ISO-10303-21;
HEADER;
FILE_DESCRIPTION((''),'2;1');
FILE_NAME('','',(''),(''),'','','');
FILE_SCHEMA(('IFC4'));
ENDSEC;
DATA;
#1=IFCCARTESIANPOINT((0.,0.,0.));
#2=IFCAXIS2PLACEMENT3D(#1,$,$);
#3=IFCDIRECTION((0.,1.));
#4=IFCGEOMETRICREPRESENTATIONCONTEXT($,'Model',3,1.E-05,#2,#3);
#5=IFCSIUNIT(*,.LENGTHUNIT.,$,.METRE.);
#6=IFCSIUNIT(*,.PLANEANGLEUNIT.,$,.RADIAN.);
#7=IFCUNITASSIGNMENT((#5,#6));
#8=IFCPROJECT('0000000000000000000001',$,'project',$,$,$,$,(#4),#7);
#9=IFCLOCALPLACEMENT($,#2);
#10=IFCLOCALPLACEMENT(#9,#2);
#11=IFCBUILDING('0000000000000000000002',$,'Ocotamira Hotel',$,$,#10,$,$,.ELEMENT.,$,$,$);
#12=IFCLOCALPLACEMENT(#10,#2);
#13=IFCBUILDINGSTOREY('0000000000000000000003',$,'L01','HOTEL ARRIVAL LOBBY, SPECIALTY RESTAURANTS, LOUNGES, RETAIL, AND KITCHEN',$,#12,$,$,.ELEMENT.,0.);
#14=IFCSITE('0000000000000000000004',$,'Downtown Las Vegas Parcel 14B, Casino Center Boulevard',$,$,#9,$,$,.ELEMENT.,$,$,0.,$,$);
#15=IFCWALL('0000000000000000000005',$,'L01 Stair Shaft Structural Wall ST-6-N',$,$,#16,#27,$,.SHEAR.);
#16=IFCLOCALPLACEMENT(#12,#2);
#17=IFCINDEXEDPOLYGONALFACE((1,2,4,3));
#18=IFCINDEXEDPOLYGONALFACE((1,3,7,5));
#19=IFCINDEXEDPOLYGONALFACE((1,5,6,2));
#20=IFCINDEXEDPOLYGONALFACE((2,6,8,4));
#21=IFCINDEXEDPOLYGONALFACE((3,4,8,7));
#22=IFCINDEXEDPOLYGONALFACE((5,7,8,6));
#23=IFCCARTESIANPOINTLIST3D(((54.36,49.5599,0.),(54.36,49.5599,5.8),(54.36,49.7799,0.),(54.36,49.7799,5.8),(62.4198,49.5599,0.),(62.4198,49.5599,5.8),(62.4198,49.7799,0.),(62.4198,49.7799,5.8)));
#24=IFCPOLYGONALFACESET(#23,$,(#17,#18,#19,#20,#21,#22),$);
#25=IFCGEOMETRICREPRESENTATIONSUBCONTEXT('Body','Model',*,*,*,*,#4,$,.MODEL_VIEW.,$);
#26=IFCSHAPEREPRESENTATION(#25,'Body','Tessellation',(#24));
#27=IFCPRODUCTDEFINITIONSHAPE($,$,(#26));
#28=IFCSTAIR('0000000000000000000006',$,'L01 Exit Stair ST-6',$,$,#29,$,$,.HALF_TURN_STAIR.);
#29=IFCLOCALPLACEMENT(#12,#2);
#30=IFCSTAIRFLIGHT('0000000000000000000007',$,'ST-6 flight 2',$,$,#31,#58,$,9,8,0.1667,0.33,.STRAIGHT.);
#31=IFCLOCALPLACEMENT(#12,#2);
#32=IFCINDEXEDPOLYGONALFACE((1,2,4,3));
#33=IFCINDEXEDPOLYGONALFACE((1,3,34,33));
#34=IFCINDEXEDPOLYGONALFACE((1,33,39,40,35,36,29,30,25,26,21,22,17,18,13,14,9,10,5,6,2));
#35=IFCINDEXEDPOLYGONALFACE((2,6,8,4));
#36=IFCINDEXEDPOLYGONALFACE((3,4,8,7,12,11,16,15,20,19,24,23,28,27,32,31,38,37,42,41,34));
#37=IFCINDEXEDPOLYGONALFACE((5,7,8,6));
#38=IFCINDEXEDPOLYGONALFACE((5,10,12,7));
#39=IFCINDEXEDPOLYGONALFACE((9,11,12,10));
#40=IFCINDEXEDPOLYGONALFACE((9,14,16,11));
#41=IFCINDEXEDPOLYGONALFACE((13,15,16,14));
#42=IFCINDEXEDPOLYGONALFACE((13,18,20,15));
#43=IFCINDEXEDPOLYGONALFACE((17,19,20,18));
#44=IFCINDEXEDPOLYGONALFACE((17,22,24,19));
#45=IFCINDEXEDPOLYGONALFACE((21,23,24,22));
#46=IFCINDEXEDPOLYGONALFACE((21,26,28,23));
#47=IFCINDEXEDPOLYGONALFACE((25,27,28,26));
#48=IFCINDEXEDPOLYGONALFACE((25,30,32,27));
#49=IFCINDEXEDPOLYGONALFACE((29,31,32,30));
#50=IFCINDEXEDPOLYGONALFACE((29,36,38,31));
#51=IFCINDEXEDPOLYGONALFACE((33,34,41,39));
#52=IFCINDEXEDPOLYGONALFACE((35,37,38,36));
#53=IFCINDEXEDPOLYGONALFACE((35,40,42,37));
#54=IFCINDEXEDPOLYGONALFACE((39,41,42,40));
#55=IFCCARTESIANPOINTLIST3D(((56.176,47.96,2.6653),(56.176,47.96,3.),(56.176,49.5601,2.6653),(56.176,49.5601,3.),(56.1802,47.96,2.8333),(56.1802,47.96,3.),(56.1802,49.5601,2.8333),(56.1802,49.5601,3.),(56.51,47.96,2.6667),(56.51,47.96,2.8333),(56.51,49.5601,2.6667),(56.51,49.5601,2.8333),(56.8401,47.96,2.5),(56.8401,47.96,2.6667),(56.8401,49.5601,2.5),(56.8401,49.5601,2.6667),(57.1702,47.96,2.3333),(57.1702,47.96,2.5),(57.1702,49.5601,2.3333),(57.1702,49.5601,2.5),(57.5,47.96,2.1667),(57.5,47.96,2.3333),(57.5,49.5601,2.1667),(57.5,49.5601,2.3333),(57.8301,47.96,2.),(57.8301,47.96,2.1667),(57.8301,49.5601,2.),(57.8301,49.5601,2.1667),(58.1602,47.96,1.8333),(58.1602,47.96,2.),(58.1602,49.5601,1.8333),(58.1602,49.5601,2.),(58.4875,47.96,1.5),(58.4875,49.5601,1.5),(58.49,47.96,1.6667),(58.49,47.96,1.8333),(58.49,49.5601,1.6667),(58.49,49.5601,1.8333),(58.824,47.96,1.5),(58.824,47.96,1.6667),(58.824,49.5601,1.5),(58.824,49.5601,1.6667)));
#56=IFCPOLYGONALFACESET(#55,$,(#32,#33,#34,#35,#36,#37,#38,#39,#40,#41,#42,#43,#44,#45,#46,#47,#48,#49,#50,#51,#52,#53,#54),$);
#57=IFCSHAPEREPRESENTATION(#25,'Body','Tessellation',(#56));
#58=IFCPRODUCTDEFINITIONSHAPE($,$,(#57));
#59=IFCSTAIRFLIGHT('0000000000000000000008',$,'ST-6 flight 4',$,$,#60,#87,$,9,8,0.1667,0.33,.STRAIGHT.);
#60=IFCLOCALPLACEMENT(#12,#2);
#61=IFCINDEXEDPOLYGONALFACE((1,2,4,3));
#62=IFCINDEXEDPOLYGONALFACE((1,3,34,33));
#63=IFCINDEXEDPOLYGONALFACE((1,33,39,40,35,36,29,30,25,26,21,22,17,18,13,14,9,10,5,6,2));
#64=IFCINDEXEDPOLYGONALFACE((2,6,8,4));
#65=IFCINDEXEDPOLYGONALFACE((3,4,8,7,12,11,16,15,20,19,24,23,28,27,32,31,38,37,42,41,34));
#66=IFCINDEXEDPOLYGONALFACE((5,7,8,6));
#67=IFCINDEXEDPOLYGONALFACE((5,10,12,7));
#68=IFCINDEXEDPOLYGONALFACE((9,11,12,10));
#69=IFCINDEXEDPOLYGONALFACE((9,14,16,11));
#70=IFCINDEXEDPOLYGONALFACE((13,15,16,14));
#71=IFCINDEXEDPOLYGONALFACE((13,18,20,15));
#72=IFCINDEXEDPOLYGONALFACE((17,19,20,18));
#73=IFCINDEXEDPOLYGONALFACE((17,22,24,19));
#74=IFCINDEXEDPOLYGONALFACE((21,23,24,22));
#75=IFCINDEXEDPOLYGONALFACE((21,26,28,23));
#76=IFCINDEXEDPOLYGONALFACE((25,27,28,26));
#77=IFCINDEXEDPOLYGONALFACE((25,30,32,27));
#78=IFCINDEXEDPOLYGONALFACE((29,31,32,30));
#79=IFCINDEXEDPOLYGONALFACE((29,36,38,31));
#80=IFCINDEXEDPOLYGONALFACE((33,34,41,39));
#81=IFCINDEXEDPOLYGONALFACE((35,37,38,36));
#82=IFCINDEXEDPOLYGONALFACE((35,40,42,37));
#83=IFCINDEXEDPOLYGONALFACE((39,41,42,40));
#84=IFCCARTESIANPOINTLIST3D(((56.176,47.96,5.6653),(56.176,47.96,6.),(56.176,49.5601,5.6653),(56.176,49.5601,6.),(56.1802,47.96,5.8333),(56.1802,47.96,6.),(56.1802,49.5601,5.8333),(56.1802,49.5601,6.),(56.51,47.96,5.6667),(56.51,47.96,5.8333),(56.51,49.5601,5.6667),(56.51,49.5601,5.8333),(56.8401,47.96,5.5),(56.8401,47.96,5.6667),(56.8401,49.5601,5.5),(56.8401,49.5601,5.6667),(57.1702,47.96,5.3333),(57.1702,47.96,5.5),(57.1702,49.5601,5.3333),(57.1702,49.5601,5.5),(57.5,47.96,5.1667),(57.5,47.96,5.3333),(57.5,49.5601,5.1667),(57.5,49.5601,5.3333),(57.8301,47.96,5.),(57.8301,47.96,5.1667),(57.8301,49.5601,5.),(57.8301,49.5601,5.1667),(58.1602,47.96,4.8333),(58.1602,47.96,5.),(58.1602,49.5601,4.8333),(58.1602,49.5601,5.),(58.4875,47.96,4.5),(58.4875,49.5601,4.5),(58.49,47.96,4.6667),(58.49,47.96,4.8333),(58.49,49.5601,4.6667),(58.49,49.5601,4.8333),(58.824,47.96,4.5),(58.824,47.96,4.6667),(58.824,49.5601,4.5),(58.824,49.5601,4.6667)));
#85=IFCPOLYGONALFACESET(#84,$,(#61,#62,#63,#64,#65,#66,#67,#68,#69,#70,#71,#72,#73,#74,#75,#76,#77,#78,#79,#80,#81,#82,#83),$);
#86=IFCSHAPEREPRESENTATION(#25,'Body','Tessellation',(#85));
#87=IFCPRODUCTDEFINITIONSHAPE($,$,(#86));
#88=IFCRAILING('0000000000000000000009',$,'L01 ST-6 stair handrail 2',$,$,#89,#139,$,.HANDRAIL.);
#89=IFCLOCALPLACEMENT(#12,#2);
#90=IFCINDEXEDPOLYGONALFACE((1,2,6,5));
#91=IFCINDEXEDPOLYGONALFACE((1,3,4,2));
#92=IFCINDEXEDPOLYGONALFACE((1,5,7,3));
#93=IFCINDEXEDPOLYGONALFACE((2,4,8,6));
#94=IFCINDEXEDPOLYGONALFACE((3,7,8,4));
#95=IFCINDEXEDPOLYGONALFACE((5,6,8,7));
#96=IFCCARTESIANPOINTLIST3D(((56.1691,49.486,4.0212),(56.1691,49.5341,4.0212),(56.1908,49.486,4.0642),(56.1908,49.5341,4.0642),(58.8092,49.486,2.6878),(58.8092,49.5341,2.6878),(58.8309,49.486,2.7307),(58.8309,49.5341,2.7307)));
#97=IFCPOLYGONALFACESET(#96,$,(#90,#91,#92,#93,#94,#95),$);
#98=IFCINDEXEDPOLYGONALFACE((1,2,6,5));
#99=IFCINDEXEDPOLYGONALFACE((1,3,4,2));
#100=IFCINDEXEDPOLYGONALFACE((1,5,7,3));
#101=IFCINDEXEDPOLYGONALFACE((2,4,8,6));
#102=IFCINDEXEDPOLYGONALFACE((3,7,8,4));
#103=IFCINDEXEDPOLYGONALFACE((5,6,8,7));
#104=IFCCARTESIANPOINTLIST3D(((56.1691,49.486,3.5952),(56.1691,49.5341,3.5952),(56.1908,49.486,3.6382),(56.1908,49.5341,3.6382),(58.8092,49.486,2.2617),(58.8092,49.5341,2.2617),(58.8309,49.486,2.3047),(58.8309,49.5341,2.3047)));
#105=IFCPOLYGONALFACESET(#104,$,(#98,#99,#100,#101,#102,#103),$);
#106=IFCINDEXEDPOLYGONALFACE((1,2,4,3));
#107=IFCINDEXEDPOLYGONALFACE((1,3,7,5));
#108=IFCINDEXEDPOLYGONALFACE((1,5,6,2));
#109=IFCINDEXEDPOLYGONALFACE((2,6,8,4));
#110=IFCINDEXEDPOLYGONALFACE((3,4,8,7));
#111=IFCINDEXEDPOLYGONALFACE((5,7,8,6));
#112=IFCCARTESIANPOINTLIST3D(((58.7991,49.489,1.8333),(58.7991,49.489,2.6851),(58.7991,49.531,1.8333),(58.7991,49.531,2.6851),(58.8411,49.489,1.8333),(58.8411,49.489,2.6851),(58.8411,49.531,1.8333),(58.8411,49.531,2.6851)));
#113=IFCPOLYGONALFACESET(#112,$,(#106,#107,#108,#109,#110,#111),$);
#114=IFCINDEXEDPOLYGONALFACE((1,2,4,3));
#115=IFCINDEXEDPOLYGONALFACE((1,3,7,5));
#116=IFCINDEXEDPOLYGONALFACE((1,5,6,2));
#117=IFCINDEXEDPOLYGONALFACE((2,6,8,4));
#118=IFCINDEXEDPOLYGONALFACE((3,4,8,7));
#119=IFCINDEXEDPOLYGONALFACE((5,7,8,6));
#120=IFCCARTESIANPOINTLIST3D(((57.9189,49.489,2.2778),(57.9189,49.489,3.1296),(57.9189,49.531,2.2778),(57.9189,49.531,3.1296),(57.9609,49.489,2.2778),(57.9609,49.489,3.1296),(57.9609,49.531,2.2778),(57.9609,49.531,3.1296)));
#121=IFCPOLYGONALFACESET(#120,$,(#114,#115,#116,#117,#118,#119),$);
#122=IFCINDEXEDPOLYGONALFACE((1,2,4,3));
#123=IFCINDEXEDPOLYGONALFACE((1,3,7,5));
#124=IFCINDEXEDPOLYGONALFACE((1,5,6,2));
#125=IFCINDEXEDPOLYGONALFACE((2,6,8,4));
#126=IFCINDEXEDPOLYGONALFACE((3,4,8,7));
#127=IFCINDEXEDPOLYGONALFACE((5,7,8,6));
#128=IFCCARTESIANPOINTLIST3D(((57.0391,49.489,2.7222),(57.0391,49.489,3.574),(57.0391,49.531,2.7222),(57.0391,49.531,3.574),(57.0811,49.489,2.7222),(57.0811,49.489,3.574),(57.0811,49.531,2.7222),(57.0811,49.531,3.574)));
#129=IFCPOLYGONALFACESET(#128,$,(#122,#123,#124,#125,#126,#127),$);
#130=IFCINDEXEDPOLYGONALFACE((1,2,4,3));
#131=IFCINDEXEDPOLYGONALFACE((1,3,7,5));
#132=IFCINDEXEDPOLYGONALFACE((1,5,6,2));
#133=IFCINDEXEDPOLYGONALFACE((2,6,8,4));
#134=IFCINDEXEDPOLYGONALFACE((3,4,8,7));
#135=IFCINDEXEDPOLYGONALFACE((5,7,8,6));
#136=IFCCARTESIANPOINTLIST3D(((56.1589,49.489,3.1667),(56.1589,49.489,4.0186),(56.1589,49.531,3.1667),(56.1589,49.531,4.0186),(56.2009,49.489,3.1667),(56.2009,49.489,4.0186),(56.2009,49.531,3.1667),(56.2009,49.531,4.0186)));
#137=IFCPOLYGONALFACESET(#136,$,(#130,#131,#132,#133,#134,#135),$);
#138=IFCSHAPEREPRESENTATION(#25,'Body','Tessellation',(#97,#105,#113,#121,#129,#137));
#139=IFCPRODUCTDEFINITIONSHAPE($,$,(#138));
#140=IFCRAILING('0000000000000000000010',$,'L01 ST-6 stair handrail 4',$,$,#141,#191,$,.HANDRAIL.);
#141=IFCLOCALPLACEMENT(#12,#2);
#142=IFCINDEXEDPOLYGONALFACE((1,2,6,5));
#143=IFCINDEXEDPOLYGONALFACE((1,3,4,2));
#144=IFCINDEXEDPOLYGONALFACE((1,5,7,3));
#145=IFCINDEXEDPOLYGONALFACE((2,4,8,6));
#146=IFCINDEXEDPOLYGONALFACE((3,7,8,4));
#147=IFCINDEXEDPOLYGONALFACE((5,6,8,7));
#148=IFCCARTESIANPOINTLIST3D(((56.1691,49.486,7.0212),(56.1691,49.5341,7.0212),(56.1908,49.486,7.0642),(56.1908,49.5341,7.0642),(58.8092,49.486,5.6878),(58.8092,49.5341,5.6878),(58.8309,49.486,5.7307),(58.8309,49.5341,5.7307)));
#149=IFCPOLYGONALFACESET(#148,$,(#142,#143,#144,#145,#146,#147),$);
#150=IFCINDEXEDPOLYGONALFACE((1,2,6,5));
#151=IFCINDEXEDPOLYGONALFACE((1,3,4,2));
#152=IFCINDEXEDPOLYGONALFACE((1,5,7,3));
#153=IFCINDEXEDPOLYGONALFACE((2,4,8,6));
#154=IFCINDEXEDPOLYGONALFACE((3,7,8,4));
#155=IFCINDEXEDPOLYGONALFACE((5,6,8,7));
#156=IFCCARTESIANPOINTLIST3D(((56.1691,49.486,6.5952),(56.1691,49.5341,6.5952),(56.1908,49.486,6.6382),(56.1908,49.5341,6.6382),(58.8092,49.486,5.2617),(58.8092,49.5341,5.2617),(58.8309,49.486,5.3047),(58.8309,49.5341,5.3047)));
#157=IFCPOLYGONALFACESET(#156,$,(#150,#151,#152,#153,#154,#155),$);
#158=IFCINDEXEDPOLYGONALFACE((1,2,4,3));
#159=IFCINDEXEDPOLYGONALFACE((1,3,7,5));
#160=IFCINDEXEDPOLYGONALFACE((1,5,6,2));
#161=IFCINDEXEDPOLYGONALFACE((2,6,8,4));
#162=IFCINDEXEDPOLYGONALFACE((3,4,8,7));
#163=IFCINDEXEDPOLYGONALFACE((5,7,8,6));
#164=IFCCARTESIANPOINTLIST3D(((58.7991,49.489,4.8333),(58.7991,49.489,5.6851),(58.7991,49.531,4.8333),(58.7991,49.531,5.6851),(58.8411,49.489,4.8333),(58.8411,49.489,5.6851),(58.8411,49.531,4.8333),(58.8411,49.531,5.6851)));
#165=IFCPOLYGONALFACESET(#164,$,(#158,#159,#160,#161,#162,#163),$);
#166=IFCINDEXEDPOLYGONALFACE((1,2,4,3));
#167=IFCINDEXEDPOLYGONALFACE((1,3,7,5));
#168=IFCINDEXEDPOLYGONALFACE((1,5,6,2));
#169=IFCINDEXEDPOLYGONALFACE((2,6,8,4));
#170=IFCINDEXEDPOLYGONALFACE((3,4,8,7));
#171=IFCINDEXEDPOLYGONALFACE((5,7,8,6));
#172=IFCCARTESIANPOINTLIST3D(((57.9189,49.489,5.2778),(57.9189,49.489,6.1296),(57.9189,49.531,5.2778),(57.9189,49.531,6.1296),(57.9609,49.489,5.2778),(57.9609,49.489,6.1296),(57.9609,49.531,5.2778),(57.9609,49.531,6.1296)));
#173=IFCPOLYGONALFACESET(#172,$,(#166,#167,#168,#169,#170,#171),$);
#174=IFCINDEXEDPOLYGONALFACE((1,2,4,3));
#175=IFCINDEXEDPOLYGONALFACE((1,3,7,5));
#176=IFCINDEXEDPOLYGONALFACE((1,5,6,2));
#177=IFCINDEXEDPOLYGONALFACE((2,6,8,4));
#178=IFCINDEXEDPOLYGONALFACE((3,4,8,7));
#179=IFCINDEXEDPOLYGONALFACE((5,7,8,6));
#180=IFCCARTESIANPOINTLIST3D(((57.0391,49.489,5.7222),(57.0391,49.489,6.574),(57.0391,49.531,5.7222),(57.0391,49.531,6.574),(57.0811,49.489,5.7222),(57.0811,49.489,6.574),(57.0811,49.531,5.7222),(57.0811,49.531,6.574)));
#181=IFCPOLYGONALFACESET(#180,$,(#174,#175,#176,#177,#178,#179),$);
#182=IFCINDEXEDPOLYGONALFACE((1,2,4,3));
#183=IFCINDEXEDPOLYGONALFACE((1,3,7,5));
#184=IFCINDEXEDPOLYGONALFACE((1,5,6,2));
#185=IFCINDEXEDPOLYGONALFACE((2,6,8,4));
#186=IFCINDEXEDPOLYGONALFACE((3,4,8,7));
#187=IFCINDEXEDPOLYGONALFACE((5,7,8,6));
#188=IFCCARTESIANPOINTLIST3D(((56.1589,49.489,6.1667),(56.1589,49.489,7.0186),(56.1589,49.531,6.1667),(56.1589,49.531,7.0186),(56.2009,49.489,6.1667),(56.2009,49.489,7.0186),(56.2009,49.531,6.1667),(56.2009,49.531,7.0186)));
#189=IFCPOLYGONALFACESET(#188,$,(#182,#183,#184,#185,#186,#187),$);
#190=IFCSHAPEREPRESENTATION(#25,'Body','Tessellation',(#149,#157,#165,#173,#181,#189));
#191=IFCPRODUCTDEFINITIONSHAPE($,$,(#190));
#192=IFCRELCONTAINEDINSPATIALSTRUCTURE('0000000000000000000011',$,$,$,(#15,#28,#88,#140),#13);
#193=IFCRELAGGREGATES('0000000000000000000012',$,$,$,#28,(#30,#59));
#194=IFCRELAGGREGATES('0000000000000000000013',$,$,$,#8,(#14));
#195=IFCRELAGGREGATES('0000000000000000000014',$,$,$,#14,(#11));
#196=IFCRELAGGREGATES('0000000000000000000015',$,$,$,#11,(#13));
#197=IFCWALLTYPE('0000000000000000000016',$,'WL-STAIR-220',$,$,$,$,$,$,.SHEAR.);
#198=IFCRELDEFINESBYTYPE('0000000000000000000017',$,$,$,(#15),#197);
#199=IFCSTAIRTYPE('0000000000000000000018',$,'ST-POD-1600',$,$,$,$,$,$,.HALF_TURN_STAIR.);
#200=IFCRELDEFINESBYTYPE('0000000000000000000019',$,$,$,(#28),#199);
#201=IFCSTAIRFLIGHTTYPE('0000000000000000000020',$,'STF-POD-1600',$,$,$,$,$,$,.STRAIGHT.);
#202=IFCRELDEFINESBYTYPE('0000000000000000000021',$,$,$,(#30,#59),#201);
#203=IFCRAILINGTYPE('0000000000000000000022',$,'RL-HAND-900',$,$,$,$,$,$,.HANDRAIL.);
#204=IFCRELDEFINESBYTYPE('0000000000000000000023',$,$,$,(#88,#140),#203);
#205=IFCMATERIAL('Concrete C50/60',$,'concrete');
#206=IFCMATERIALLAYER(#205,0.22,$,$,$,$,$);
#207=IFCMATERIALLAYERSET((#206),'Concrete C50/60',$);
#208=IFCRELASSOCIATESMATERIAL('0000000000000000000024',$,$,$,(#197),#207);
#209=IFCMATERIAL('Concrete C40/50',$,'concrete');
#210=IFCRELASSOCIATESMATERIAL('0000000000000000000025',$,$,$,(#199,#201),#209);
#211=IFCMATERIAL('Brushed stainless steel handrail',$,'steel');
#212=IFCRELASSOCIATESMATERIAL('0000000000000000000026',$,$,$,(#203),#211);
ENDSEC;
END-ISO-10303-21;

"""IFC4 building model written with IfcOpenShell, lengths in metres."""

from ifc_helpers import new_model, si_unit, direction, frame, frame_2d, origin, origin_2d, place, context, subcontext, project, spatial, polyline, rectangle, outline, extrude, source, transform, mapped, material, layer, layer_set, type_object, element, aggregate, save


model = new_model("IFC4")

# Units and contexts
model_context = context("Model", 3, precision=1e-05, world=origin(), true_north=direction((0.0, 1.0)))
body_context = subcontext(model_context, "Body", "Model", "MODEL_VIEW")
ifc_project = project(units=[si_unit("LENGTHUNIT", "METRE"), si_unit("PLANEANGLEUNIT", "RADIAN")], contexts=[model_context])

# Site, building, storey
site_placement = place(None, origin())
site = spatial("IfcSite", under=ifc_project, at=site_placement, Name="Downtown Las Vegas Parcel 14B, Casino Center Boulevard", CompositionType="ELEMENT", RefElevation=0.0)
building_placement = place(site_placement, origin())
building = spatial("IfcBuilding", under=site, at=building_placement, Name="Ocotamira Hotel", CompositionType="ELEMENT")
storey_placement = place(building_placement, origin())
storey = spatial("IfcBuildingStorey", under=building, at=storey_placement, Name="L01", Description="HOTEL ARRIVAL LOBBY, SPECIALTY RESTAURANTS, LOUNGES, RETAIL, AND KITCHEN", CompositionType="ELEMENT", Elevation=0.0)

# Wall
ifc_material_1 = material(Name="Concrete C50/60", Category="concrete")
ifc_layer_1 = layer(ifc_material_1, 0.22)
ifc_layer_set_1 = layer_set([ifc_layer_1], Name="Concrete C50/60")
wall_type_1 = type_object("IfcWallType", Name="WL-STAIR-220", PredefinedType="SHEAR", material=ifc_layer_set_1)
wall_1_placement = place(storey_placement, frame((54.3601, 49.6699, 0.0), z_axis=(0.0, 0.0, 1.0), x_axis=(1.0, 0.0, 0.0)))
element("IfcWall", 1, at=wall_1_placement, inside=storey, type_object=wall_type_1, Name="L01 Stair Shaft Structural Wall ST-6-N", PredefinedType="SHEAR", context=body_context, shape_type="SweptSolid", body=[
    extrude(rectangle(XDim=8.0598, YDim=0.22, at=frame_2d((4.0298, 0.0))), origin(), (0.0, 0.0, 1.0), 5.8),
])

# Stair, stair flights
ifc_material_2 = material(Name="Concrete C40/50", Category="concrete")
stair_type = type_object("IfcStairType", Name="ST-POD-1600", PredefinedType="HALF_TURN_STAIR", material=ifc_material_2)
stair_placement = place(storey_placement, origin())
stair = element("IfcStair", 2, at=stair_placement, inside=storey, type_object=stair_type, Name="L01 Exit Stair ST-6", PredefinedType="HALF_TURN_STAIR")
stair_flight_type = type_object("IfcStairFlightType", Name="STF-POD-1600", PredefinedType="STRAIGHT", material=ifc_material_2)
shared_shape_1 = source(origin(), body_context, "Body", "SweptSolid", [
    extrude(outline(polyline([(-0.0039, 0.0), (-0.0039, 0.1667), (0.3301, 0.1667), (0.3301, 0.3333), (0.6599, 0.3333), (0.6599, 0.5), (0.99, 0.5), (0.99, 0.6667), (1.3201, 0.6667), (1.3201, 0.8333), (1.6499, 0.8333), (1.6499, 1.0), (1.98, 1.0), (1.98, 1.1667), (2.3101, 1.1667), (2.3101, 1.3333), (2.6399, 1.3333), (2.6399, 1.5), (2.644, 1.5), (2.644, 1.1653), (0.3325, 0.0), (-0.0039, 0.0)])), frame((0.0, 0.8, 0.0), z_axis=(0.0, -1.0, 0.0), x_axis=(1.0, 0.0, 0.0)), (0.0, 0.0, 1.0), 1.6001),
])
stair_flight_1_placement = place(storey_placement, frame((58.8201, 48.76, 1.5), z_axis=(0.0, 0.0, 1.0), x_axis=(-1.0, 0.0, 0.0)))
stair_flight_1 = element("IfcStairFlight", 3, at=stair_flight_1_placement, type_object=stair_flight_type, Name="ST-6 flight 2", NumberOfRisers=9, NumberOfTreads=8, PredefinedType="STRAIGHT", RiserHeight=0.1667, TreadLength=0.33, context=body_context, shape_type="MappedRepresentation", body=[
    mapped(shared_shape_1, transform((0.0, 0.0, 0.0), scale=1.0)),
])
stair_flight_2_placement = place(storey_placement, frame((58.8201, 48.76, 4.5), z_axis=(0.0, 0.0, 1.0), x_axis=(-1.0, 0.0, 0.0)))
stair_flight_2 = element("IfcStairFlight", 4, at=stair_flight_2_placement, type_object=stair_flight_type, Name="ST-6 flight 4", NumberOfRisers=9, NumberOfTreads=8, PredefinedType="STRAIGHT", RiserHeight=0.1667, TreadLength=0.33, context=body_context, shape_type="MappedRepresentation", body=[
    mapped(shared_shape_1, transform((0.0, 0.0, 0.0), scale=1.0)),
])
aggregate(stair, [stair_flight_1, stair_flight_2])

# Railings
ifc_material_3 = material(Name="Brushed stainless steel handrail", Category="steel")
railing_type_1 = type_object("IfcRailingType", Name="RL-HAND-900", PredefinedType="HANDRAIL", material=ifc_material_3)
for number, where, name in (
    (5, (58.8201, 49.51, 1.8333), "L01 ST-6 stair handrail 2"),
    (6, (58.8201, 49.51, 4.8333), "L01 ST-6 stair handrail 4"),
):
    element("IfcRailing", number, at=place(storey_placement, frame(where)), inside=storey, type_object=railing_type_1, Name=name, PredefinedType="HANDRAIL", context=body_context, shape_type="SweptSolid", body=[
        extrude(rectangle(XDim=0.0481, YDim=0.0481, at=origin_2d()), frame((0.0, 0.0, 0.876), z_axis=(-0.892604, 0.0, 0.450842), x_axis=(0.0, -1.0, 0.0)), (0.0, 0.0, 1.0), 2.9578),
        extrude(rectangle(XDim=0.0481, YDim=0.0481, at=origin_2d()), frame((0.0, 0.0, 0.45), z_axis=(-0.892604, 0.0, 0.450842), x_axis=(0.0, -1.0, 0.0)), (0.0, 0.0, 1.0), 2.9578),
        extrude(rectangle(XDim=0.042, YDim=0.042, at=origin_2d()), origin(), (0.0, 0.0, 1.0), 0.8518),
        extrude(rectangle(XDim=0.042, YDim=0.042, at=origin_2d()), frame((-0.8801, 0.0, 0.4446)), (0.0, 0.0, 1.0), 0.8518),
        extrude(rectangle(XDim=0.042, YDim=0.042, at=origin_2d()), frame((-1.76, 0.0, 0.8889)), (0.0, 0.0, 1.0), 0.8518),
        extrude(rectangle(XDim=0.042, YDim=0.042, at=origin_2d()), frame((-2.6401, 0.0, 1.3335)), (0.0, 0.0, 1.0), 0.8518),
    ])

save(model, "model.ifc")
